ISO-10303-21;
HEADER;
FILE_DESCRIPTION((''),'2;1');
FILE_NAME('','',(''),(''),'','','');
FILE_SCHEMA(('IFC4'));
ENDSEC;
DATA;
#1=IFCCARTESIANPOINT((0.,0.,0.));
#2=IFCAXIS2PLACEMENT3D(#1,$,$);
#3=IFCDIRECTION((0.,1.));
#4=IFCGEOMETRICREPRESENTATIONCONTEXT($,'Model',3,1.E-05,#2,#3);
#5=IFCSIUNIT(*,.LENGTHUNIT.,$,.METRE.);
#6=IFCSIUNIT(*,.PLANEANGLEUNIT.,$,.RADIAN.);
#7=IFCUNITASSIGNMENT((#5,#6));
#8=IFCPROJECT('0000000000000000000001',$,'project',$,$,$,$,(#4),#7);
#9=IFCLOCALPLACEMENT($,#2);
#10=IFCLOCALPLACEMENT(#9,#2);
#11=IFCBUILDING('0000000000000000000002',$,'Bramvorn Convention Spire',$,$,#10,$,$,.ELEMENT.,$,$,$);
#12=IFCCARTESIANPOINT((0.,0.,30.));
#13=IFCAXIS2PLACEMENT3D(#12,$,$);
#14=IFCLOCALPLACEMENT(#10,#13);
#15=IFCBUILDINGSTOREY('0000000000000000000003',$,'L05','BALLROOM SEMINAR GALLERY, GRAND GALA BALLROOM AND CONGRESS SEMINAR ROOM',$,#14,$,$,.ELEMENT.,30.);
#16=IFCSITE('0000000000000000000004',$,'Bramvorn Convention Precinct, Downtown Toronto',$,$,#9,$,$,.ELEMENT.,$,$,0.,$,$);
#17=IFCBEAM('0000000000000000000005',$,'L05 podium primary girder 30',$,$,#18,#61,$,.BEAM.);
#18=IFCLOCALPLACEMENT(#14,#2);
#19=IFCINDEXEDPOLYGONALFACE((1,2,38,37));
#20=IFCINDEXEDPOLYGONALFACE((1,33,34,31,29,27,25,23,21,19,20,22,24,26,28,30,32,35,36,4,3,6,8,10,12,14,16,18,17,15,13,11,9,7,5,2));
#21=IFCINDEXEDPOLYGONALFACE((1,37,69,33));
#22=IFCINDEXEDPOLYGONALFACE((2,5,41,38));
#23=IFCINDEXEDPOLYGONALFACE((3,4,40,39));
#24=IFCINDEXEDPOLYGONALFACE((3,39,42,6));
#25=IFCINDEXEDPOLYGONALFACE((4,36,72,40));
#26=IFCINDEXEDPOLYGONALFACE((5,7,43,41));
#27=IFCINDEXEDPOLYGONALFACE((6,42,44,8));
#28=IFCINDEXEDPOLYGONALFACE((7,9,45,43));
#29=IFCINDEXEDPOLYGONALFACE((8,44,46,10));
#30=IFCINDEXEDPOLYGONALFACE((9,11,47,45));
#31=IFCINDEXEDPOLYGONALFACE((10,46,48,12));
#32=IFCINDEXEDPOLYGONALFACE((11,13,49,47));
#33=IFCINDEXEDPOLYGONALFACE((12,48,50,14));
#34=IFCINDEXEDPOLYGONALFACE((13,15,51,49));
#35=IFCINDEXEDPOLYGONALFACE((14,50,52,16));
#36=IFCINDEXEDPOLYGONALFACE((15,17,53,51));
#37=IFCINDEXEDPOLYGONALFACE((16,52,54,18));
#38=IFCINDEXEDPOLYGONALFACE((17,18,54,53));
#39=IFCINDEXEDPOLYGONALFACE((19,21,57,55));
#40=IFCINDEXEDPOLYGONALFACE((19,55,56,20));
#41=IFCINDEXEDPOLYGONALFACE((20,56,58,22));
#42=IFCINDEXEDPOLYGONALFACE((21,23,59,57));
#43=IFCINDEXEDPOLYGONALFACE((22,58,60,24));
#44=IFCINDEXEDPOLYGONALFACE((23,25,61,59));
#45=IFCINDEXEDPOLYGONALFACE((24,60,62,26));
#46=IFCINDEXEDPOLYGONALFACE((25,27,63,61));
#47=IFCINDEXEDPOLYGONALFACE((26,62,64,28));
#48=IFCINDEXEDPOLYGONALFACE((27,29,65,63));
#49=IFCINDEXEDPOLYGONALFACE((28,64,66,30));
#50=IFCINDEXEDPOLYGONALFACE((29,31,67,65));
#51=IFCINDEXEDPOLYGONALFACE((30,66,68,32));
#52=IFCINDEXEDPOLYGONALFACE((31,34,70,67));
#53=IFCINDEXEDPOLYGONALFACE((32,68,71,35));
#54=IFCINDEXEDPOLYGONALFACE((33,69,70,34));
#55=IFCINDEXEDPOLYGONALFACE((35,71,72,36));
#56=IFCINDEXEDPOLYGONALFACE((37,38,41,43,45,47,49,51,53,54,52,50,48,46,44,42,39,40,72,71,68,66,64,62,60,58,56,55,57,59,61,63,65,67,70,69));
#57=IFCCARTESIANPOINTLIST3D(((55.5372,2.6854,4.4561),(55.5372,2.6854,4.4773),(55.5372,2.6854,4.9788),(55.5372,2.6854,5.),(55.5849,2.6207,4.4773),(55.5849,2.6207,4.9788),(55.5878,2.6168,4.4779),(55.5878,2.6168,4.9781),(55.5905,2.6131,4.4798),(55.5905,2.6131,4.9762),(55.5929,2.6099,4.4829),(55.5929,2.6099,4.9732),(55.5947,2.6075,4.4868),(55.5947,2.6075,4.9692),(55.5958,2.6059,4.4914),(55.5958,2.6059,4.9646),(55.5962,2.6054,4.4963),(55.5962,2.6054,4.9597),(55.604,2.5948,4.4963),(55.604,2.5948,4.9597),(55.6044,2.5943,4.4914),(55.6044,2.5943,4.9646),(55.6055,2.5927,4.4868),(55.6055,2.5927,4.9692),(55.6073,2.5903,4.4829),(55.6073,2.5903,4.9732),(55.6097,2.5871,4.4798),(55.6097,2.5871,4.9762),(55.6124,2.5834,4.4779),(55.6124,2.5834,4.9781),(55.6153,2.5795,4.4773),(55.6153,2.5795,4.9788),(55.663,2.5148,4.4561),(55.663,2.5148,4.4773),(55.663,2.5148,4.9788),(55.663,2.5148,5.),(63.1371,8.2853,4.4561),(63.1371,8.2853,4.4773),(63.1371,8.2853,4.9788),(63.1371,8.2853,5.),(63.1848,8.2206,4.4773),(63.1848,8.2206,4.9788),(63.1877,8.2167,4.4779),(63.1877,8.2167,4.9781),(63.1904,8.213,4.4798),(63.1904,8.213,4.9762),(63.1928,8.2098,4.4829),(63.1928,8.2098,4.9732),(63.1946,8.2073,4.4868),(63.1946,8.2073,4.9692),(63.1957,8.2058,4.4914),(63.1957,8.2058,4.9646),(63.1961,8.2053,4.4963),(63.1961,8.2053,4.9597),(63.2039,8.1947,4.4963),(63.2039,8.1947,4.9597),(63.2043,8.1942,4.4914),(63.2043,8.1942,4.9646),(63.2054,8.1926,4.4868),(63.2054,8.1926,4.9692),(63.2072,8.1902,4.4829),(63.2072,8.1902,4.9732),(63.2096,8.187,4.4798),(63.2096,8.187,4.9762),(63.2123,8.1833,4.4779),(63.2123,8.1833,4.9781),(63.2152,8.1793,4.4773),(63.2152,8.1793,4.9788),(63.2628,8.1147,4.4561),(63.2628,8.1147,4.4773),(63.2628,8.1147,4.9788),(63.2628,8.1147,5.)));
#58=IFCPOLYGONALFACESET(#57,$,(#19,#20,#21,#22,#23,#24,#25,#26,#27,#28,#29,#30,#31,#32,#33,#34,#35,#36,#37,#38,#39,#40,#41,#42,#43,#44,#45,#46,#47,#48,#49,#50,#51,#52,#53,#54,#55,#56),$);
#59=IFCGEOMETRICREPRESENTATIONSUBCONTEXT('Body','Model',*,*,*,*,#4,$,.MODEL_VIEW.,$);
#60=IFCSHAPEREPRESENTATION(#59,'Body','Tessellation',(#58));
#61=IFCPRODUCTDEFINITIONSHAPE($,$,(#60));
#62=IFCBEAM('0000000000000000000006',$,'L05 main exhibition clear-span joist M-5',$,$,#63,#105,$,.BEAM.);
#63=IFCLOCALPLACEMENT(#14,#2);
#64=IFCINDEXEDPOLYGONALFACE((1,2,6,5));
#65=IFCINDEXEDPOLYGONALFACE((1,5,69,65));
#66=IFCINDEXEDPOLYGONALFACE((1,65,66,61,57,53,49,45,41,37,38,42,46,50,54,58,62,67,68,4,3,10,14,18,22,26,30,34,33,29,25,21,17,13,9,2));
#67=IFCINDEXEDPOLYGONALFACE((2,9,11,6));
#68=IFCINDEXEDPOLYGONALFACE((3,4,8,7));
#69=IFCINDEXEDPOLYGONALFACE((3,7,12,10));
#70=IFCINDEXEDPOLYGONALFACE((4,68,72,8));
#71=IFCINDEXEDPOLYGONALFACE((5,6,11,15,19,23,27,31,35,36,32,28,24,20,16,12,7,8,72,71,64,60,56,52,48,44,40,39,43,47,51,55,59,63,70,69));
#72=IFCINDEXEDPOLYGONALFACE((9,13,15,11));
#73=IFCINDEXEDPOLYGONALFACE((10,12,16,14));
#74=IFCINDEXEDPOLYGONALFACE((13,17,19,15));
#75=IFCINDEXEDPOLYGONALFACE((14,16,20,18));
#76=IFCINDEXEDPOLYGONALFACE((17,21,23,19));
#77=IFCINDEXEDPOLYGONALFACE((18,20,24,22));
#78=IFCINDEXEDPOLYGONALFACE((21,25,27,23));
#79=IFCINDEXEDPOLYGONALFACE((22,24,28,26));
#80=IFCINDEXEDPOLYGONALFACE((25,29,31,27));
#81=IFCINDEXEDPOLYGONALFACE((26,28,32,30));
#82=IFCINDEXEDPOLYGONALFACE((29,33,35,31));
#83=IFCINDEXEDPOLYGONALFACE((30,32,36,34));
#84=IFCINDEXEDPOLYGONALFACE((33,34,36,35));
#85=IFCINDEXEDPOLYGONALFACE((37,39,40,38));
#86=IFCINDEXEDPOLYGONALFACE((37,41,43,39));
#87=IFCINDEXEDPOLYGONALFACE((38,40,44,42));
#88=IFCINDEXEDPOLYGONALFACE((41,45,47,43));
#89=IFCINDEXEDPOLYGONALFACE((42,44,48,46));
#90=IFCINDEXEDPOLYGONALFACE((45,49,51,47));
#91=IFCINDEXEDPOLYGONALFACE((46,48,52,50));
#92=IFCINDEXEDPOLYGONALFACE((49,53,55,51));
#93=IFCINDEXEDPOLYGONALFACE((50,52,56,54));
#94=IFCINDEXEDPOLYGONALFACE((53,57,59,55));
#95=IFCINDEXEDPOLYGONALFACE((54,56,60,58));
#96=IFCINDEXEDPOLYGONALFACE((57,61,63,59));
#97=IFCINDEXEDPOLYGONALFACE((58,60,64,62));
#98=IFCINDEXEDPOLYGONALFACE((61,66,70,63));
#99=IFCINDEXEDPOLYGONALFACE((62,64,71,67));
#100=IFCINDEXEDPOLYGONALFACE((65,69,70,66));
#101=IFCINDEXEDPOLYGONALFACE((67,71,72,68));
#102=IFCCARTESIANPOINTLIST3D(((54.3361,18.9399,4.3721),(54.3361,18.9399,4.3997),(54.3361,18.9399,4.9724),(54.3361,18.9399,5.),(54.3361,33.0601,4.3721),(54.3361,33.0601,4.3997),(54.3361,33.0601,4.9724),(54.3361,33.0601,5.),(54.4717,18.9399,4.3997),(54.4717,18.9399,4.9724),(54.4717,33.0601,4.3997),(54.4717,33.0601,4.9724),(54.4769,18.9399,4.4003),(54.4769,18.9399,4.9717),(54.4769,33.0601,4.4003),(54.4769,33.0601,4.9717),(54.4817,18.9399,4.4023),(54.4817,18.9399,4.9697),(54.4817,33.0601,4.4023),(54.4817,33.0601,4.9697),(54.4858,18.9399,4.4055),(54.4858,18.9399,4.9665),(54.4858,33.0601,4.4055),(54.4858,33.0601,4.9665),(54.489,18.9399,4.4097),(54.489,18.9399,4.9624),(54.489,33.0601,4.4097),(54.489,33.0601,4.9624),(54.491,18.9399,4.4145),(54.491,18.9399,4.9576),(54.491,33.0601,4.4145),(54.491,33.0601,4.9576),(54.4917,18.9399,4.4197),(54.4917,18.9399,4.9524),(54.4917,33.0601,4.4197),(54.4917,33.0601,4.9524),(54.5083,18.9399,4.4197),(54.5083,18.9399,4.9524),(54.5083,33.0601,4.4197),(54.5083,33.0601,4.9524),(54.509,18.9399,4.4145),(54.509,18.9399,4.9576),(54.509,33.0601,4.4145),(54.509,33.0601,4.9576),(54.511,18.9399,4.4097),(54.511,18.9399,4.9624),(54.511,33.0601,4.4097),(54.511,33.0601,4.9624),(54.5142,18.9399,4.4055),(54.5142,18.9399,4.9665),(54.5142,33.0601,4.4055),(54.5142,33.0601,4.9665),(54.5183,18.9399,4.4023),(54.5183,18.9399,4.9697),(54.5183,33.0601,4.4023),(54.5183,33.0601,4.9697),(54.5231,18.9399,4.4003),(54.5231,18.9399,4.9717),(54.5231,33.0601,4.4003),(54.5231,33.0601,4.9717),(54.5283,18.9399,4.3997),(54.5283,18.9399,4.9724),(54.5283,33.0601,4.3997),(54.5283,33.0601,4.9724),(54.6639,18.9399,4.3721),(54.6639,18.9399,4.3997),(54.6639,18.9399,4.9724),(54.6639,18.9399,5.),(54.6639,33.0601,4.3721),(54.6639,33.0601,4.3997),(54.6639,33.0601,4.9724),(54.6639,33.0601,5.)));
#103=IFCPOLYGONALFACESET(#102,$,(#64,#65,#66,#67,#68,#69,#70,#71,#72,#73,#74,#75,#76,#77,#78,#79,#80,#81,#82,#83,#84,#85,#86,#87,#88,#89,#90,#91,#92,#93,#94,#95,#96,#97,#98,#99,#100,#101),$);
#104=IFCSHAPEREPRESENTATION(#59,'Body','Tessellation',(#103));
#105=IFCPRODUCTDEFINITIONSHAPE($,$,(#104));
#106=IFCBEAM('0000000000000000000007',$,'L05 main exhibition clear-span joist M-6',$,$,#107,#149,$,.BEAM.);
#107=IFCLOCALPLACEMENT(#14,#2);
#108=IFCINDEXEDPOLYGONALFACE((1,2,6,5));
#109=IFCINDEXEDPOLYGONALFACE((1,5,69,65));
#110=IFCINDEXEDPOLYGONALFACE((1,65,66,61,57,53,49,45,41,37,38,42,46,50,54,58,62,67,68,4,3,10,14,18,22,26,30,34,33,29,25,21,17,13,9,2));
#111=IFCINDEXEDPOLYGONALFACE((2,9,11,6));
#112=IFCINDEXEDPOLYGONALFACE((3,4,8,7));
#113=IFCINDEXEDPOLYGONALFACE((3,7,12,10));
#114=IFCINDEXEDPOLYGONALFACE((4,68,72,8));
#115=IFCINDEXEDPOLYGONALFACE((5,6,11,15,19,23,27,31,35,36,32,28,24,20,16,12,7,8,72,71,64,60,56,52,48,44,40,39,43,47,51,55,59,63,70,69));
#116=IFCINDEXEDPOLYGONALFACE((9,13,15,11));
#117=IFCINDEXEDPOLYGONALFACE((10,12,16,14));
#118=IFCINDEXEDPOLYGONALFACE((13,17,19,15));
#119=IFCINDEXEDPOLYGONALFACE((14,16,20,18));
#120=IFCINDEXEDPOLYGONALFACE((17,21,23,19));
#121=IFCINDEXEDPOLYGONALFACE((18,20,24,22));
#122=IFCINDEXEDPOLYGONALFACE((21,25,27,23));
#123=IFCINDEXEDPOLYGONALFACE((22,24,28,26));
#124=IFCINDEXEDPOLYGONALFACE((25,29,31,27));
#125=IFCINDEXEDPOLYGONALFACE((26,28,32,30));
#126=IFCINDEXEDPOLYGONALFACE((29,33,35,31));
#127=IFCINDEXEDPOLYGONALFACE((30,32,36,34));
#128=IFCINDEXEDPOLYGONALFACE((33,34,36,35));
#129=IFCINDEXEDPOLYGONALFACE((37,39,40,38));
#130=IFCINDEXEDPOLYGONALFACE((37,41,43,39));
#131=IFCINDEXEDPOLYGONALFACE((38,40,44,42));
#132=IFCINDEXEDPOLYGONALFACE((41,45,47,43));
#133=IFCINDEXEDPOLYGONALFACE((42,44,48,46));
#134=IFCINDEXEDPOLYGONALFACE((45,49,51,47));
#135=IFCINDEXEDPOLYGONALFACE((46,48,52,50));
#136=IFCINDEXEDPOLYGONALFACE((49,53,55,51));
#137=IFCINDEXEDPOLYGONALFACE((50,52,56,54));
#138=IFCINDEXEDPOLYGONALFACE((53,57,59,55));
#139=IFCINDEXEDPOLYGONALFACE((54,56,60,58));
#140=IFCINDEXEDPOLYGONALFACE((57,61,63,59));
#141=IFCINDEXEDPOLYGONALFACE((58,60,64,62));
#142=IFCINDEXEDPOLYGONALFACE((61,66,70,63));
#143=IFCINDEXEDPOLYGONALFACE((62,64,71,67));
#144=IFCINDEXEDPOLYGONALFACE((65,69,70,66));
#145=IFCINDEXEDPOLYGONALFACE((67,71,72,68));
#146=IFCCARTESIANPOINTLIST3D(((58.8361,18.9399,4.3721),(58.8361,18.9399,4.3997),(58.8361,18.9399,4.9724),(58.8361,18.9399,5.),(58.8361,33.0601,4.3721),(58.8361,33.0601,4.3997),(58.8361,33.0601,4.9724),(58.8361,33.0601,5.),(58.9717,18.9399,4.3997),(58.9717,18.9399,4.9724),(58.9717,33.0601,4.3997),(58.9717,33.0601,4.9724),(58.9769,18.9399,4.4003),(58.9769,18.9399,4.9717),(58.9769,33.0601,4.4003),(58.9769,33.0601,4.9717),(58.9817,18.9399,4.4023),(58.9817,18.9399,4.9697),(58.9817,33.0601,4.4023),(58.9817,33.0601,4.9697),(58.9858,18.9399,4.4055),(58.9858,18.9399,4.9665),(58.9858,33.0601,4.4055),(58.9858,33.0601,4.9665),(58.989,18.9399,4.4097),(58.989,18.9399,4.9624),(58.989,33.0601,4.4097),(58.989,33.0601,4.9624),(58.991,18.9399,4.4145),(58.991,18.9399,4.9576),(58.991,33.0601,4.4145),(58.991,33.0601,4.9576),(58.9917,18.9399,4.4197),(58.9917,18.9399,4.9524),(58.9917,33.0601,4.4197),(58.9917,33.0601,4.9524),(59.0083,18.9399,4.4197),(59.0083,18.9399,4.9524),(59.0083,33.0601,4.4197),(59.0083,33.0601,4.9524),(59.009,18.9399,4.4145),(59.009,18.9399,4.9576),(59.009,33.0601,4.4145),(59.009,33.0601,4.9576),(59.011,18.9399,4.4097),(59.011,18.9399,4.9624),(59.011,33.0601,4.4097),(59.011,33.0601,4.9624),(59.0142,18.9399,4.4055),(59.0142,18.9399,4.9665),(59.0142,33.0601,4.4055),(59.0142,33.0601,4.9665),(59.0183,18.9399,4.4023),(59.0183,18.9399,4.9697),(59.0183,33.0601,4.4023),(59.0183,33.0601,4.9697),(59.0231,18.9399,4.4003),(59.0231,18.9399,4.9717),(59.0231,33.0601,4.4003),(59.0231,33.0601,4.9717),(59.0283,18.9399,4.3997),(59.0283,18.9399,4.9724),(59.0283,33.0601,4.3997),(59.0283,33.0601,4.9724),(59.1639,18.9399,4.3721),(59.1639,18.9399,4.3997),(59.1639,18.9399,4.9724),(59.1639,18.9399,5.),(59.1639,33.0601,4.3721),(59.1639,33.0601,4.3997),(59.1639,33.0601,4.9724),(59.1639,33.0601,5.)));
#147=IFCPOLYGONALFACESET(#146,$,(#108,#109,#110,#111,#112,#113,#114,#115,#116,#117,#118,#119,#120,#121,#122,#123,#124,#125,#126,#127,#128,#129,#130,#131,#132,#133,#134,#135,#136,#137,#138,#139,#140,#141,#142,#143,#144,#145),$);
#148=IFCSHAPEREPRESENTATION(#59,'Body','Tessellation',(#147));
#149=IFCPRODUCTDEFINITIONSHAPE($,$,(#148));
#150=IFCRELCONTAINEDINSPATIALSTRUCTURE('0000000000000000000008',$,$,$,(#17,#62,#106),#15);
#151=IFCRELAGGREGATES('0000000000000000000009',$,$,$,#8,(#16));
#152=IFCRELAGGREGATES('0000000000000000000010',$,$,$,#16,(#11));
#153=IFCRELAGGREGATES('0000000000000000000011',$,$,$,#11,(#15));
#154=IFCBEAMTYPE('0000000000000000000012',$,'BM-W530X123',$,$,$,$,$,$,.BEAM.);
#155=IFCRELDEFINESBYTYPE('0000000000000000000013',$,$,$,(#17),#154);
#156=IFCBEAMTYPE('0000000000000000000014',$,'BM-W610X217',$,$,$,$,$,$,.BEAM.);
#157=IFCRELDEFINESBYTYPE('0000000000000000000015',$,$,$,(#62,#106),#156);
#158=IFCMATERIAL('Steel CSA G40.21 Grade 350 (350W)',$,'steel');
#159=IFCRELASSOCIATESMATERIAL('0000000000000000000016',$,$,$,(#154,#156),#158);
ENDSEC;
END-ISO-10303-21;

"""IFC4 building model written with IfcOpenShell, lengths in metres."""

from ifc_helpers import new_model, si_unit, direction, frame, origin, origin_2d, place, context, subcontext, project, spatial, i_section, extrude, material, material_profile, profile_set, type_object, element, save


model = new_model("IFC4")

# Units and contexts
model_context = context("Model", 3, precision=1e-05, world=origin(), true_north=direction((0.0, 1.0)))
body_context = subcontext(model_context, "Body", "Model", "MODEL_VIEW")
ifc_project = project(units=[si_unit("LENGTHUNIT", "METRE"), si_unit("PLANEANGLEUNIT", "RADIAN")], contexts=[model_context])

# Site, building, storey
site_placement = place(None, origin())
site = spatial("IfcSite", under=ifc_project, at=site_placement, Name="Bramvorn Convention Precinct, Downtown Toronto", CompositionType="ELEMENT", RefElevation=0.0)
building_placement = place(site_placement, origin())
building = spatial("IfcBuilding", under=site, at=building_placement, Name="Bramvorn Convention Spire", CompositionType="ELEMENT")
storey_placement = place(building_placement, frame((0.0, 0.0, 30.0)))
storey = spatial("IfcBuildingStorey", under=building, at=storey_placement, Name="L05", Description="BALLROOM SEMINAR GALLERY, GRAND GALA BALLROOM AND CONGRESS SEMINAR ROOM", CompositionType="ELEMENT", Elevation=30.0)

# Beams
ifc_material_1 = material(Name="Steel CSA G40.21 Grade 350 (350W)", Category="steel")
ifc_material_profile_1 = material_profile(ifc_material_1, i_section(OverallWidth=0.2119, OverallDepth=0.5439, WebThickness=0.0132, FlangeThickness=0.0212, FilletRadius=0.019, at=origin_2d()))
ifc_profile_set_1 = profile_set([ifc_material_profile_1], Name="Steel CSA G40.21 Grade 350 (350W) - W530X123")
beam_type_1 = type_object("IfcBeamType", Name="BM-W530X123", PredefinedType="BEAM", material=ifc_profile_set_1)
beam_1_placement = place(storey_placement, frame((55.6001, 2.6001, 4.728), z_axis=(0.805058, 0.593196, 0.0), x_axis=(-0.593196, 0.805058, 0.0)))
element("IfcBeam", 1, at=beam_1_placement, inside=storey, type_object=beam_type_1, Name="L05 podium primary girder 30", PredefinedType="BEAM", context=body_context, shape_type="SweptSolid", body=[
    extrude(i_section(OverallWidth=0.2119, OverallDepth=0.5439, WebThickness=0.0132, FlangeThickness=0.0212, FilletRadius=0.019, at=origin_2d()), origin(), (0.0, 0.0, 1.0), 9.4402),
])
ifc_material_profile_2 = material_profile(ifc_material_1, i_section(OverallWidth=0.3279, OverallDepth=0.6279, WebThickness=0.0166, FlangeThickness=0.0276, FilletRadius=0.02, at=origin_2d()))
ifc_profile_set_2 = profile_set([ifc_material_profile_2], Name="Steel CSA G40.21 Grade 350 (350W) - W610X217")
beam_type_2 = type_object("IfcBeamType", Name="BM-W610X217", PredefinedType="BEAM", material=ifc_profile_set_2)
for number, where, z_axis, x_axis, name in (
    (2, (54.5, 18.9399, 4.686), (0.0, 1.0, 0.0), (-1.0, 0.0, 0.0), "L05 main exhibition clear-span joist M-5"),
    (3, (59.0, 18.9399, 4.686), (0.0, 1.0, 0.0), (-1.0, 0.0, 0.0), "L05 main exhibition clear-span joist M-6"),
):
    element("IfcBeam", number, at=place(storey_placement, frame(where, z_axis=z_axis, x_axis=x_axis)), inside=storey, type_object=beam_type_2, Name=name, PredefinedType="BEAM", context=body_context, shape_type="SweptSolid", body=[
        extrude(i_section(OverallWidth=0.3279, OverallDepth=0.6279, WebThickness=0.0166, FlangeThickness=0.0276, FilletRadius=0.02, at=origin_2d()), origin(), (0.0, 0.0, 1.0), 14.1201),
    ])

save(model, "model.ifc")
